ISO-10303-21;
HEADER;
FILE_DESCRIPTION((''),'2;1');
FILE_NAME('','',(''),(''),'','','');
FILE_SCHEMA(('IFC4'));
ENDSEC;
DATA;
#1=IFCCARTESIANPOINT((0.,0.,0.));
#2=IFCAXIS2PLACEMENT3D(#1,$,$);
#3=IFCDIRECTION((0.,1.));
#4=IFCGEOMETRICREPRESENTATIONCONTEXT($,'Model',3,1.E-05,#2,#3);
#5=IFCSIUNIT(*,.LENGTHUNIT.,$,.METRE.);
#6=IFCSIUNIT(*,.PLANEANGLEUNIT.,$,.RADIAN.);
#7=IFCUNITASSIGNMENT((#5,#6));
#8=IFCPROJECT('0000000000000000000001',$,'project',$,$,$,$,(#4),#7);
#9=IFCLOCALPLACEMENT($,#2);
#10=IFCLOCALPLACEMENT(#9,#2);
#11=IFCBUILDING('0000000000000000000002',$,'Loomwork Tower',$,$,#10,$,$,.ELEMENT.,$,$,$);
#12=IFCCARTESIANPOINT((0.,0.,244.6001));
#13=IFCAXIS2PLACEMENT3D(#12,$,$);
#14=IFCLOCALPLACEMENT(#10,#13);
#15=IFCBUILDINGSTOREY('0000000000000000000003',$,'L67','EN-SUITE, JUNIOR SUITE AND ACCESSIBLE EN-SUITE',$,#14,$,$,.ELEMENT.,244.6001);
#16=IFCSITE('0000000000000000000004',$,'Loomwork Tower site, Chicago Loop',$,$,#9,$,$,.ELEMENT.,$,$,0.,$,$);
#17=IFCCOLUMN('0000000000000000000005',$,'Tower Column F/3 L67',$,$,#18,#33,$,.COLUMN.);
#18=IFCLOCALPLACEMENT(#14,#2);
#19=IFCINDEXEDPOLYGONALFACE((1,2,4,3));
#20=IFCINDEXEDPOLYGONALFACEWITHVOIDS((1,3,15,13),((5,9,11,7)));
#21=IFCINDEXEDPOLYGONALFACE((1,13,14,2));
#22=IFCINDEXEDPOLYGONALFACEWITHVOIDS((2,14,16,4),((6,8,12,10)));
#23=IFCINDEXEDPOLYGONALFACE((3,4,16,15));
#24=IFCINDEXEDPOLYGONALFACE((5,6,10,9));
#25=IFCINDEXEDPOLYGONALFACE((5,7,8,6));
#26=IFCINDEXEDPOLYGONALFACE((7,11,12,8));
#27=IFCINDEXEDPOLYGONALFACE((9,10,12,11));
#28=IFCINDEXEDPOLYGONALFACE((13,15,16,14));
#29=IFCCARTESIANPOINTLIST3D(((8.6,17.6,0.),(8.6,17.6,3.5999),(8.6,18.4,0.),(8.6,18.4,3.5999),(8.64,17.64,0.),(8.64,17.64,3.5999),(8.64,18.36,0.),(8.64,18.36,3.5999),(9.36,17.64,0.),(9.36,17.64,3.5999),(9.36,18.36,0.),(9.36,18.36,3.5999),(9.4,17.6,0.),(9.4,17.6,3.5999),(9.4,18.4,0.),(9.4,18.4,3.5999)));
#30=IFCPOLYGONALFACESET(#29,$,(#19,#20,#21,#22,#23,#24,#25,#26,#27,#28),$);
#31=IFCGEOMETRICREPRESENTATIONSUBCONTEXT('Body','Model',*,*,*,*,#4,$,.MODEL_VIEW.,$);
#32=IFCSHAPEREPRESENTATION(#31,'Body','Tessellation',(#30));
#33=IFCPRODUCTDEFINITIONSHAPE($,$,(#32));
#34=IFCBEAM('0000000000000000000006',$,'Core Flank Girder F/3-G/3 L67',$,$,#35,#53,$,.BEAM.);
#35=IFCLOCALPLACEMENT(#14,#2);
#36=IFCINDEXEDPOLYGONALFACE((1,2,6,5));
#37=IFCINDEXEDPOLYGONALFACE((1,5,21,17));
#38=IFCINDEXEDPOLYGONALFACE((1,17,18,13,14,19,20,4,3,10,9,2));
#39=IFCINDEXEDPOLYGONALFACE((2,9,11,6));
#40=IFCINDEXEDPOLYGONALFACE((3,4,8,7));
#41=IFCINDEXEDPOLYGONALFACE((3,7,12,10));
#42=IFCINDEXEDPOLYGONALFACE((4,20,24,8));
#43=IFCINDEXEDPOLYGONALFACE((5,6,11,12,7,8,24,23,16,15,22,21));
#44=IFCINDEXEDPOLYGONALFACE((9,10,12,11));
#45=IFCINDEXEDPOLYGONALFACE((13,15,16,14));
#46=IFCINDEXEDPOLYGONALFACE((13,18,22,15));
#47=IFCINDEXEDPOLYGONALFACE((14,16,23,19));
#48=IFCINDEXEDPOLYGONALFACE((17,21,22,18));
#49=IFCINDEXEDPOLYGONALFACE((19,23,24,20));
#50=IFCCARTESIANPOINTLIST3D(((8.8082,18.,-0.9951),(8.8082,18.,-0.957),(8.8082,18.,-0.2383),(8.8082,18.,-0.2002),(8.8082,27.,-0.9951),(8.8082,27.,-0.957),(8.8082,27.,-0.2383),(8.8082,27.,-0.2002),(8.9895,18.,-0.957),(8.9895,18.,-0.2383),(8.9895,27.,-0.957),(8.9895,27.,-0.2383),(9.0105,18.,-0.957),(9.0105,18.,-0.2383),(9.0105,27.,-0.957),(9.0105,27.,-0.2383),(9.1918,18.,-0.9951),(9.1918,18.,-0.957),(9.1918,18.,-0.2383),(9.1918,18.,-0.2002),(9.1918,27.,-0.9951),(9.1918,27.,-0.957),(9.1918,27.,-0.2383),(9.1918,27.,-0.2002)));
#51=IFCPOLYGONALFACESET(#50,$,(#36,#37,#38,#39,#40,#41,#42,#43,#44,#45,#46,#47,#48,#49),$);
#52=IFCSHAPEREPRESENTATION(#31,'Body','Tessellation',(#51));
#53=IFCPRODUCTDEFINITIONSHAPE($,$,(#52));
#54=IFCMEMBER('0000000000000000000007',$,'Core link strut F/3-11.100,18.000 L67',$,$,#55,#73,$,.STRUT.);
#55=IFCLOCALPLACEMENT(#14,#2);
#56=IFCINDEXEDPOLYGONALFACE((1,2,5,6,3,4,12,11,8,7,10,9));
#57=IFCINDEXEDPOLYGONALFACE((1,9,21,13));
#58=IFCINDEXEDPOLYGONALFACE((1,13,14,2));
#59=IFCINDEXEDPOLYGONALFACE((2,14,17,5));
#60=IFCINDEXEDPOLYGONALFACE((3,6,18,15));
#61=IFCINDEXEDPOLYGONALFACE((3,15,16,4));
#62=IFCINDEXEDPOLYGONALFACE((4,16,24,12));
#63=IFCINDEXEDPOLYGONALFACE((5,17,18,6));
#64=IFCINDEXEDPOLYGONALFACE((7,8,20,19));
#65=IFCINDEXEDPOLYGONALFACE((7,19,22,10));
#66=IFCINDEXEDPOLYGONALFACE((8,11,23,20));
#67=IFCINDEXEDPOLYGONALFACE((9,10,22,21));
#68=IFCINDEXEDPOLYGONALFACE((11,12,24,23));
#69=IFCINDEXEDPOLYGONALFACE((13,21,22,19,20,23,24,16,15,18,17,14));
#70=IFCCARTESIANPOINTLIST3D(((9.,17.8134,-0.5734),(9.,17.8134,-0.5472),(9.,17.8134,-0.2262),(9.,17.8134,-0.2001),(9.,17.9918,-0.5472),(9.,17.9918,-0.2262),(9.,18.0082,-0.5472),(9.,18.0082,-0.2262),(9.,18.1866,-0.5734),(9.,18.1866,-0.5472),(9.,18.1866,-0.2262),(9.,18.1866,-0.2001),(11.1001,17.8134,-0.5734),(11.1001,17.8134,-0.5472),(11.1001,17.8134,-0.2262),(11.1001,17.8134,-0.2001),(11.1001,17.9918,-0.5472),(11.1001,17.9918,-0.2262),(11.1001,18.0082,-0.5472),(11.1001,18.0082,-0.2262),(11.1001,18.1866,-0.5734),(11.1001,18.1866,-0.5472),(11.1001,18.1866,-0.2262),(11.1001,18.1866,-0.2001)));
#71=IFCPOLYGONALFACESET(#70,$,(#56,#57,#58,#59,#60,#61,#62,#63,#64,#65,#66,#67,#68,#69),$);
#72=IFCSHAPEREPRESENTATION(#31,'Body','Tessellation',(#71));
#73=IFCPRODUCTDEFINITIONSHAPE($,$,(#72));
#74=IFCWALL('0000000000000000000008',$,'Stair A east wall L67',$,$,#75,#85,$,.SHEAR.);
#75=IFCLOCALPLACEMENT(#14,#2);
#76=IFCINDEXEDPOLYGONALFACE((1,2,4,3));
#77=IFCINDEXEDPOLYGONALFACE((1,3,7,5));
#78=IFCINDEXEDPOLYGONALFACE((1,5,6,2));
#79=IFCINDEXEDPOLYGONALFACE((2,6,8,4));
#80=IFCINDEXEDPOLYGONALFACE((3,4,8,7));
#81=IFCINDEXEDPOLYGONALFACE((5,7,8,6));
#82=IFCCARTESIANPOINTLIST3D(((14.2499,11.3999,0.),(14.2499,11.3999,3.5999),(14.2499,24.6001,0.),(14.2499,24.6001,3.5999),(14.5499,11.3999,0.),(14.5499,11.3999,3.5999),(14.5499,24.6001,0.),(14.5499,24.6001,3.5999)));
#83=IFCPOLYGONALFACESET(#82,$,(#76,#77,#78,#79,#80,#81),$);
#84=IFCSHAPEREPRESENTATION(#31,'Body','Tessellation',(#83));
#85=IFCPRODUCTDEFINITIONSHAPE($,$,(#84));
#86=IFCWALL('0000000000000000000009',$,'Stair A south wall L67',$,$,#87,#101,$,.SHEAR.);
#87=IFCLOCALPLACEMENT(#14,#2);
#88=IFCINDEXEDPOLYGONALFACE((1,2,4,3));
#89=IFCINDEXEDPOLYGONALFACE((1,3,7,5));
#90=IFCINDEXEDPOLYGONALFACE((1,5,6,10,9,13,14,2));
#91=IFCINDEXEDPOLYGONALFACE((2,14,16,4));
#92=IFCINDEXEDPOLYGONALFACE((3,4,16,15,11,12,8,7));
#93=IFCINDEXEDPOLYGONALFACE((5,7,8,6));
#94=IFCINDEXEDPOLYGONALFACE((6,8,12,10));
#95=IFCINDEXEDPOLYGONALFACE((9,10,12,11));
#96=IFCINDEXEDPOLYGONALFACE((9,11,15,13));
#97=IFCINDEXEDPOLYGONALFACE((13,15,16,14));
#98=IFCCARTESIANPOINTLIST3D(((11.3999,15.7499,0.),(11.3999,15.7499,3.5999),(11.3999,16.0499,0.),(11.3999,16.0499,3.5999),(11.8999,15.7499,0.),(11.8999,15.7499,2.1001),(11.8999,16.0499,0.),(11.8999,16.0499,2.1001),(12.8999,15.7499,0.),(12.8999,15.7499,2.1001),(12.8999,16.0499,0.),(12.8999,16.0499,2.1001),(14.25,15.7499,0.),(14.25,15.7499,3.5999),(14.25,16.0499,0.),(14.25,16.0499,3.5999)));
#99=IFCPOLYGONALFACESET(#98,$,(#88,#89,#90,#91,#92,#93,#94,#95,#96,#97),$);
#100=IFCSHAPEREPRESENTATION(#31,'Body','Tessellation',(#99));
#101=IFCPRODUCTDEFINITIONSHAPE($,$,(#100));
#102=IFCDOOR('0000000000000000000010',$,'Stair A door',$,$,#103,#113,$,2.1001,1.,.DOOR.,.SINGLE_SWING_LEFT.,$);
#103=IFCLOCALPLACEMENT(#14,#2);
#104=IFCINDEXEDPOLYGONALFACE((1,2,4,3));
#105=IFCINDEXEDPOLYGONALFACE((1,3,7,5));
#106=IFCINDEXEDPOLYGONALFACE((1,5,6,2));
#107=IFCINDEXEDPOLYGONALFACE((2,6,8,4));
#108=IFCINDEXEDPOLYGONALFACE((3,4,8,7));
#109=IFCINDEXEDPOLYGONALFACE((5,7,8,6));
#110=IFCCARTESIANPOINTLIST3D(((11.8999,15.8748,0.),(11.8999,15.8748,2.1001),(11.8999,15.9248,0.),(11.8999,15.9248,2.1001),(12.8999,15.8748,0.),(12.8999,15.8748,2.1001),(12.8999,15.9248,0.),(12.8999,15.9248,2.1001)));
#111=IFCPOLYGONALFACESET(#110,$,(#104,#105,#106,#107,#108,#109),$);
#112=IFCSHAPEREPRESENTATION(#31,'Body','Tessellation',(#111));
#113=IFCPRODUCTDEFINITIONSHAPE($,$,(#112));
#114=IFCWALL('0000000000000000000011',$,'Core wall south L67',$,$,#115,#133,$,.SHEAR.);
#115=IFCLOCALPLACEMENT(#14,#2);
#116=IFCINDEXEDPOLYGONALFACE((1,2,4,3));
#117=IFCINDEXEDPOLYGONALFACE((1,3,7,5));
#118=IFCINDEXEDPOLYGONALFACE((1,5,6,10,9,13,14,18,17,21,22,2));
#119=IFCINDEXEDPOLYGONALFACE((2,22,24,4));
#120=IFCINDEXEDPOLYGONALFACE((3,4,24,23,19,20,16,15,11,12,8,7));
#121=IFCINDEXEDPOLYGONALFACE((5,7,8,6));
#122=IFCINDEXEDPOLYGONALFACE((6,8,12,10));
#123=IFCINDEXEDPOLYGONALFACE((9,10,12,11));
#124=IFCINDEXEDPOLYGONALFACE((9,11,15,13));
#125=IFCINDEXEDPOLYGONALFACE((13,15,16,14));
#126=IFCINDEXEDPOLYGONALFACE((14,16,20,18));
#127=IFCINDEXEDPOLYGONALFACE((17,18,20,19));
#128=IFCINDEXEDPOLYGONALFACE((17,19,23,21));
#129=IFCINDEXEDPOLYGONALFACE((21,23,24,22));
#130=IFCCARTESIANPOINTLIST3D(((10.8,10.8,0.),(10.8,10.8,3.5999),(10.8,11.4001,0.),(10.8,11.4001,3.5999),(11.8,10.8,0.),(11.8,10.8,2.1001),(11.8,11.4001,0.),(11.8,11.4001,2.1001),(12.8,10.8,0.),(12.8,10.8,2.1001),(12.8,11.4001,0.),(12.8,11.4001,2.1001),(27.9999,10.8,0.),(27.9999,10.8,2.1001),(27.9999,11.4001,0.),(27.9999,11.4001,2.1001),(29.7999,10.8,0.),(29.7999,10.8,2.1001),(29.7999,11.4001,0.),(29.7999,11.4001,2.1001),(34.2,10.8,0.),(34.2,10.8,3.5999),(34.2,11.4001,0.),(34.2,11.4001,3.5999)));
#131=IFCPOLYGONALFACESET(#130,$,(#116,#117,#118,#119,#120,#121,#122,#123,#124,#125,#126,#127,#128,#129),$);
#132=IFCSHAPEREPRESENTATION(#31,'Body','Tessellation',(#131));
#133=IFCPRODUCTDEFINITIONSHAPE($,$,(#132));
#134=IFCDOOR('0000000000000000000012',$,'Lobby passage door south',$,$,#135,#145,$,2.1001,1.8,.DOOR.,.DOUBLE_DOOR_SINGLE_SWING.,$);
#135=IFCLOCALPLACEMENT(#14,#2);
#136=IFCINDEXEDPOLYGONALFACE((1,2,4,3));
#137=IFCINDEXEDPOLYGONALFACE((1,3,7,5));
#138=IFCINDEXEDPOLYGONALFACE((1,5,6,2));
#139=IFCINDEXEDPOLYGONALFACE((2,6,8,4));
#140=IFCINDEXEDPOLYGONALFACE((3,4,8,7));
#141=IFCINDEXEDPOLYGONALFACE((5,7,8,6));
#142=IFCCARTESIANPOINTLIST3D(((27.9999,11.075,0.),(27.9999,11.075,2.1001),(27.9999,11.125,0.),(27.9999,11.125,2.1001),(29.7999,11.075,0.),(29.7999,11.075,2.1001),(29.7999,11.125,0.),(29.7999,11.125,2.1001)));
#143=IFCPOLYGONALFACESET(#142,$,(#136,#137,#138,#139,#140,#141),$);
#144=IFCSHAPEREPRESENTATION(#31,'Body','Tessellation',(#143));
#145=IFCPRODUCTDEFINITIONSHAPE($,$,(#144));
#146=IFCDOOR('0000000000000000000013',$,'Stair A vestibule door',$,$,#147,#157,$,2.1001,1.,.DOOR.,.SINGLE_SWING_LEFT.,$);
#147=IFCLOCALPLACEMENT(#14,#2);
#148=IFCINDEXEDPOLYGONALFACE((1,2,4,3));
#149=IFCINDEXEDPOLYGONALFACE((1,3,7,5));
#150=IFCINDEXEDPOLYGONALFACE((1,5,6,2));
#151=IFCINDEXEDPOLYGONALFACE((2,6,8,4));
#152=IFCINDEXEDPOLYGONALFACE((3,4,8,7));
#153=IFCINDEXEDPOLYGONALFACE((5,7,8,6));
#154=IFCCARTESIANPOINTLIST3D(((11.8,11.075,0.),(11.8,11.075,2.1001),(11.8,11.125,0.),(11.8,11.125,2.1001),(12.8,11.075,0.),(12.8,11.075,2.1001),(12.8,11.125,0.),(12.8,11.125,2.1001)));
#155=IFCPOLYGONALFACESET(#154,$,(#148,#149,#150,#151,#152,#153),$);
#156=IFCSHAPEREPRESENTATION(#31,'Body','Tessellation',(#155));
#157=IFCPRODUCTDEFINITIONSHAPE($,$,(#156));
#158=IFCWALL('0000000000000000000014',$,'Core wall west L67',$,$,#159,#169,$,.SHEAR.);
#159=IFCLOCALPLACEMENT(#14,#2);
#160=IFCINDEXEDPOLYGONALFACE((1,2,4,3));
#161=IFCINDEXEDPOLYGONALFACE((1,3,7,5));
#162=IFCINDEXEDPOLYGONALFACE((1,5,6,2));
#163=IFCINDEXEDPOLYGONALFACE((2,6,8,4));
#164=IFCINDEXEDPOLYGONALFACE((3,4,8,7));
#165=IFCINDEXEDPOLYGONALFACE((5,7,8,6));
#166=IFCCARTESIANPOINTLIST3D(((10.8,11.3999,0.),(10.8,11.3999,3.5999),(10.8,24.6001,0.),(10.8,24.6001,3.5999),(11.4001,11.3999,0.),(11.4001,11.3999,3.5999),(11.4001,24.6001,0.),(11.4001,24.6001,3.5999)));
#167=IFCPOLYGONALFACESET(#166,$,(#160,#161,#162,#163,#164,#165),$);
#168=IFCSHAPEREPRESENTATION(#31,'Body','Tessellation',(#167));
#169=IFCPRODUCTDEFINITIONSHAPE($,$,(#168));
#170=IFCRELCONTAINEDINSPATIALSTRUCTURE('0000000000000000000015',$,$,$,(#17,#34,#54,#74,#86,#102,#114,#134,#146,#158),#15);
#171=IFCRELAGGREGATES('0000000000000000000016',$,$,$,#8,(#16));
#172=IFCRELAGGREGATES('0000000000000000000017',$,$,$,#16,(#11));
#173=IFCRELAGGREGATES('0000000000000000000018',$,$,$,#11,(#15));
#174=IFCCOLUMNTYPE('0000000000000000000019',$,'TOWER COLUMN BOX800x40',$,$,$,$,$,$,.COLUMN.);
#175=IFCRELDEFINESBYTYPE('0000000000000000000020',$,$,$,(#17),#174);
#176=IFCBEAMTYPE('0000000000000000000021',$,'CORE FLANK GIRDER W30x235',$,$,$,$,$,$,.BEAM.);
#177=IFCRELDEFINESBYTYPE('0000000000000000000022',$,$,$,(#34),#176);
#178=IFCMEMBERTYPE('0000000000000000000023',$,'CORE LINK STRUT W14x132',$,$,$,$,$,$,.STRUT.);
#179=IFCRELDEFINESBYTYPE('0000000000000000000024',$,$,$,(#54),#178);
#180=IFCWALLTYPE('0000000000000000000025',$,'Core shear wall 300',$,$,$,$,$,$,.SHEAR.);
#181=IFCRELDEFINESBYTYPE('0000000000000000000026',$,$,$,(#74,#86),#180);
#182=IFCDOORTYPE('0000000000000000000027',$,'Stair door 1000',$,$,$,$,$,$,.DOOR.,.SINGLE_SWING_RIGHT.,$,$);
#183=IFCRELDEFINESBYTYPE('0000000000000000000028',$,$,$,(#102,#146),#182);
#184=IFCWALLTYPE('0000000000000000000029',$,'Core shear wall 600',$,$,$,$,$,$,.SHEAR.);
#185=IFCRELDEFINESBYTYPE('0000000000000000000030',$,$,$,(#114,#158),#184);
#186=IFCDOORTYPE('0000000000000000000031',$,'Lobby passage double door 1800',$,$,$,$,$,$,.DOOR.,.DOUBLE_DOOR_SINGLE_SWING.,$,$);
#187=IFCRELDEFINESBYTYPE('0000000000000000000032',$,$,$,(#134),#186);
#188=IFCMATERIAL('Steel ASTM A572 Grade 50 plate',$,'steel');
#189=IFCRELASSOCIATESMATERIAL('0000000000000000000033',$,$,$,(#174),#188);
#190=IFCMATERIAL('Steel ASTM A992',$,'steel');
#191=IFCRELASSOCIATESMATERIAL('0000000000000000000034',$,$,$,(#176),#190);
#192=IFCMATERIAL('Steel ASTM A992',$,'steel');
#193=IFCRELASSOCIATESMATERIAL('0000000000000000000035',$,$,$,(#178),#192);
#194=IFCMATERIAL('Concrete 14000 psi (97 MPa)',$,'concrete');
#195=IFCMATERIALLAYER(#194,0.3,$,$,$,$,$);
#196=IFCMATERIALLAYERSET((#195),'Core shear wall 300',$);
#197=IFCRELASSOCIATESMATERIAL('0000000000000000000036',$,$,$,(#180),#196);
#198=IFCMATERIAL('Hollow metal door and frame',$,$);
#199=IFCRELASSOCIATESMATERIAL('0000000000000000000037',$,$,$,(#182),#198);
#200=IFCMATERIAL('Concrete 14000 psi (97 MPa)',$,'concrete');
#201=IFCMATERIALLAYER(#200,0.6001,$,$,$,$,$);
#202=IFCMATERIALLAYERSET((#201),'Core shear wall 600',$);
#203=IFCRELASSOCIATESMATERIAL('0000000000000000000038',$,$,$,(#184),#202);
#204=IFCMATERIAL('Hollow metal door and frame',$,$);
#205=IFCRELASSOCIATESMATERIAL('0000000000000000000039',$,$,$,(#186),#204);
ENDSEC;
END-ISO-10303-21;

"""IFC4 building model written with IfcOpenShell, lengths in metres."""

from ifc_helpers import new_model, si_unit, direction, frame, frame_2d, origin, origin_2d, place, context, subcontext, project, spatial, rectangle, hollow_rectangle, i_section, extrude, material, layer, layer_set, material_profile, profile_set, type_object, element, fill, save


model = new_model("IFC4")

# Units and contexts
model_context = context("Model", 3, precision=1e-05, world=origin(), true_north=direction((0.0, 1.0)))
body_context = subcontext(model_context, "Body", "Model", "MODEL_VIEW")
ifc_project = project(units=[si_unit("LENGTHUNIT", "METRE"), si_unit("PLANEANGLEUNIT", "RADIAN")], contexts=[model_context])

# Site, building, storey
site_placement = place(None, origin())
site = spatial("IfcSite", under=ifc_project, at=site_placement, Name="Loomwork Tower site, Chicago Loop", CompositionType="ELEMENT", RefElevation=0.0)
building_placement = place(site_placement, origin())
building = spatial("IfcBuilding", under=site, at=building_placement, Name="Loomwork Tower", CompositionType="ELEMENT")
storey_placement = place(building_placement, frame((0.0, 0.0, 244.6001)))
storey = spatial("IfcBuildingStorey", under=building, at=storey_placement, Name="L67", Description="EN-SUITE, JUNIOR SUITE AND ACCESSIBLE EN-SUITE", CompositionType="ELEMENT", Elevation=244.6001)

# Column
ifc_material_1 = material(Name="Steel ASTM A572 Grade 50 plate", Category="steel")
ifc_material_profile_1 = material_profile(ifc_material_1, hollow_rectangle(XDim=0.8, YDim=0.8, WallThickness=0.04, at=origin_2d()), Name="BOX800x40")
ifc_profile_set_1 = profile_set([ifc_material_profile_1], Name="Steel ASTM A572 Grade 50 plate")
column_type = type_object("IfcColumnType", Name="TOWER COLUMN BOX800x40", PredefinedType="COLUMN", material=ifc_profile_set_1)
column_placement = place(storey_placement, frame((9.0, 18.0, 0.0), z_axis=(0.0, 0.0, 1.0), x_axis=(1.0, 0.0, 0.0)))
element("IfcColumn", 1, at=column_placement, inside=storey, type_object=column_type, Name="Tower Column F/3 L67", PredefinedType="COLUMN", context=body_context, shape_type="SweptSolid", body=[
    extrude(hollow_rectangle(XDim=0.8, YDim=0.8, WallThickness=0.04, at=origin_2d()), origin(), (0.0, 0.0, 1.0), 3.5999),
])

# Beam
ifc_material_2 = material(Name="Steel ASTM A992", Category="steel")
ifc_material_profile_2 = material_profile(ifc_material_2, i_section(OverallWidth=0.3835, OverallDepth=0.7949, WebThickness=0.021, FlangeThickness=0.0381, at=origin_2d()), Name="W30x235")
ifc_profile_set_2 = profile_set([ifc_material_profile_2], Name="Steel ASTM A992")
beam_type = type_object("IfcBeamType", Name="CORE FLANK GIRDER W30x235", PredefinedType="BEAM", material=ifc_profile_set_2)
beam_placement = place(storey_placement, frame((9.0, 18.0, -0.5977), z_axis=(0.0, 1.0, 0.0), x_axis=(-1.0, 0.0, 0.0)))
element("IfcBeam", 2, at=beam_placement, inside=storey, type_object=beam_type, Name="Core Flank Girder F/3-G/3 L67", PredefinedType="BEAM", context=body_context, shape_type="SweptSolid", body=[
    extrude(i_section(OverallWidth=0.3835, OverallDepth=0.7949, WebThickness=0.021, FlangeThickness=0.0381, at=origin_2d()), origin(), (0.0, 0.0, 1.0), 9.0),
])

# Member
ifc_material_3 = material(Name="Steel ASTM A992", Category="steel")
ifc_material_profile_3 = material_profile(ifc_material_3, i_section(OverallWidth=0.3733, OverallDepth=0.3733, WebThickness=0.0164, FlangeThickness=0.0261, at=origin_2d()), Name="W14x132")
ifc_profile_set_3 = profile_set([ifc_material_profile_3], Name="Steel ASTM A992")
member_type = type_object("IfcMemberType", Name="CORE LINK STRUT W14x132", PredefinedType="STRUT", material=ifc_profile_set_3)
member_placement = place(storey_placement, frame((9.0, 18.0, -0.3867), z_axis=(1.0, 0.0, 0.0), x_axis=(0.0, 1.0, 0.0)))
element("IfcMember", 3, at=member_placement, inside=storey, type_object=member_type, Name="Core link strut F/3-11.100,18.000 L67", PredefinedType="STRUT", context=body_context, shape_type="SweptSolid", body=[
    extrude(i_section(OverallWidth=0.3733, OverallDepth=0.3733, WebThickness=0.0164, FlangeThickness=0.0261, at=origin_2d()), origin(), (0.0, 0.0, 1.0), 2.1001),
])

# Wall
ifc_material_4 = material(Name="Concrete 14000 psi (97 MPa)", Category="concrete")
ifc_layer_1 = layer(ifc_material_4, 0.3)
ifc_layer_set_1 = layer_set([ifc_layer_1], Name="Core shear wall 300")
wall_type_1 = type_object("IfcWallType", Name="Core shear wall 300", PredefinedType="SHEAR", material=ifc_layer_set_1)
wall_1_placement = place(storey_placement, frame((14.3999, 11.3999, 0.0), z_axis=(0.0, 0.0, 1.0), x_axis=(0.0, 1.0, 0.0)))
element("IfcWall", 4, at=wall_1_placement, inside=storey, type_object=wall_type_1, Name="Stair A east wall L67", PredefinedType="SHEAR", context=body_context, shape_type="SweptSolid", body=[
    extrude(rectangle(XDim=13.2002, YDim=0.3, at=frame_2d((6.6001, 0.0))), origin(), (0.0, 0.0, 1.0), 3.5999),
])

# Wall, opening, door
wall_2_placement = place(storey_placement, frame((11.3999, 15.8999, 0.0), z_axis=(0.0, 0.0, 1.0), x_axis=(1.0, 0.0, 0.0)))
wall_2 = element("IfcWall", 5, at=wall_2_placement, inside=storey, type_object=wall_type_1, Name="Stair A south wall L67", PredefinedType="SHEAR", context=body_context, shape_type="SweptSolid", body=[
    extrude(rectangle(XDim=2.8501, YDim=0.3, at=frame_2d((1.425, 0.0))), origin(), (0.0, 0.0, 1.0), 3.5999),
])
opening_1_placement = place(wall_2_placement, frame((0.5, 0.0, 0.0)))
opening_1 = element("IfcOpeningElement", 6, at=opening_1_placement, cuts=wall_2, PredefinedType="OPENING", context=body_context, shape_type="SweptSolid", body=[
    extrude(rectangle(XDim=1.0, YDim=2.1001, at=frame_2d((0.5, 1.05))), frame((0.0, 0.1599, 0.0), z_axis=(0.0, -1.0, 0.0), x_axis=(1.0, 0.0, 0.0)), (0.0, 0.0, 1.0), 0.3201),
])
ifc_material_5 = material(Name="Hollow metal door and frame")
door_type_1 = type_object("IfcDoorType", Name="Stair door 1000", OperationType="SINGLE_SWING_RIGHT", PredefinedType="DOOR", material=ifc_material_5)
door_1_placement = place(opening_1_placement, origin())
door_1 = element("IfcDoor", 7, at=door_1_placement, inside=storey, type_object=door_type_1, Name="Stair A door", OperationType="SINGLE_SWING_LEFT", OverallHeight=2.1001, OverallWidth=1.0, PredefinedType="DOOR", context=body_context, shape_type="SweptSolid", body=[
    extrude(rectangle(XDim=1.0, YDim=2.1001, at=frame_2d((0.5, 1.05))), frame((0.0, 0.0249, 0.0), z_axis=(0.0, -1.0, 0.0), x_axis=(1.0, 0.0, 0.0)), (0.0, 0.0, 1.0), 0.05),
])
fill(opening_1, door_1)

# Wall, openings, doors
ifc_material_6 = material(Name="Concrete 14000 psi (97 MPa)", Category="concrete")
ifc_layer_2 = layer(ifc_material_6, 0.6001)
ifc_layer_set_2 = layer_set([ifc_layer_2], Name="Core shear wall 600")
wall_type_2 = type_object("IfcWallType", Name="Core shear wall 600", PredefinedType="SHEAR", material=ifc_layer_set_2)
wall_3_placement = place(storey_placement, frame((10.8, 11.1001, 0.0), z_axis=(0.0, 0.0, 1.0), x_axis=(1.0, 0.0, 0.0)))
wall_3 = element("IfcWall", 8, at=wall_3_placement, inside=storey, type_object=wall_type_2, Name="Core wall south L67", PredefinedType="SHEAR", context=body_context, shape_type="SweptSolid", body=[
    extrude(rectangle(XDim=23.3999, YDim=0.6001, at=frame_2d((11.7, 0.0))), origin(), (0.0, 0.0, 1.0), 3.5999),
])
opening_2_placement = place(wall_3_placement, frame((1.0, 0.0, 0.0)))
opening_2 = element("IfcOpeningElement", 9, at=opening_2_placement, cuts=wall_3, PredefinedType="OPENING", context=body_context, shape_type="SweptSolid", body=[
    extrude(rectangle(XDim=1.0, YDim=2.1001, at=frame_2d((0.5, 1.05))), frame((0.0, 0.3101, 0.0), z_axis=(0.0, -1.0, 0.0), x_axis=(1.0, 0.0, 0.0)), (0.0, 0.0, 1.0), 0.6201),
])
opening_3_placement = place(wall_3_placement, frame((17.2, 0.0, 0.0)))
opening_3 = element("IfcOpeningElement", 10, at=opening_3_placement, cuts=wall_3, PredefinedType="OPENING", context=body_context, shape_type="SweptSolid", body=[
    extrude(rectangle(XDim=1.8, YDim=2.1001, at=frame_2d((0.8999, 1.05))), frame((0.0, 0.3101, 0.0), z_axis=(0.0, -1.0, 0.0), x_axis=(1.0, 0.0, 0.0)), (0.0, 0.0, 1.0), 0.6201),
])
ifc_material_7 = material(Name="Hollow metal door and frame")
door_type_2 = type_object("IfcDoorType", Name="Lobby passage double door 1800", OperationType="DOUBLE_DOOR_SINGLE_SWING", PredefinedType="DOOR", material=ifc_material_7)
door_2_placement = place(opening_3_placement, origin())
door_2 = element("IfcDoor", 11, at=door_2_placement, inside=storey, type_object=door_type_2, Name="Lobby passage door south", OperationType="DOUBLE_DOOR_SINGLE_SWING", OverallHeight=2.1001, OverallWidth=1.8, PredefinedType="DOOR", context=body_context, shape_type="SweptSolid", body=[
    extrude(rectangle(XDim=1.8, YDim=2.1001, at=frame_2d((0.8999, 1.05))), frame((0.0, 0.0249, 0.0), z_axis=(0.0, -1.0, 0.0), x_axis=(1.0, 0.0, 0.0)), (0.0, 0.0, 1.0), 0.05),
])
fill(opening_3, door_2)
door_3_placement = place(opening_2_placement, origin())
door_3 = element("IfcDoor", 12, at=door_3_placement, inside=storey, type_object=door_type_1, Name="Stair A vestibule door", OperationType="SINGLE_SWING_LEFT", OverallHeight=2.1001, OverallWidth=1.0, PredefinedType="DOOR", context=body_context, shape_type="SweptSolid", body=[
    extrude(rectangle(XDim=1.0, YDim=2.1001, at=frame_2d((0.5, 1.05))), frame((0.0, 0.0249, 0.0), z_axis=(0.0, -1.0, 0.0), x_axis=(1.0, 0.0, 0.0)), (0.0, 0.0, 1.0), 0.05),
])
fill(opening_2, door_3)

# Wall
wall_4_placement = place(storey_placement, frame((11.1001, 11.3999, 0.0), z_axis=(0.0, 0.0, 1.0), x_axis=(0.0, 1.0, 0.0)))
element("IfcWall", 13, at=wall_4_placement, inside=storey, type_object=wall_type_2, Name="Core wall west L67", PredefinedType="SHEAR", context=body_context, shape_type="SweptSolid", body=[
    extrude(rectangle(XDim=13.2002, YDim=0.6001, at=frame_2d((6.6001, 0.0))), origin(), (0.0, 0.0, 1.0), 3.5999),
])

save(model, "model.ifc")
